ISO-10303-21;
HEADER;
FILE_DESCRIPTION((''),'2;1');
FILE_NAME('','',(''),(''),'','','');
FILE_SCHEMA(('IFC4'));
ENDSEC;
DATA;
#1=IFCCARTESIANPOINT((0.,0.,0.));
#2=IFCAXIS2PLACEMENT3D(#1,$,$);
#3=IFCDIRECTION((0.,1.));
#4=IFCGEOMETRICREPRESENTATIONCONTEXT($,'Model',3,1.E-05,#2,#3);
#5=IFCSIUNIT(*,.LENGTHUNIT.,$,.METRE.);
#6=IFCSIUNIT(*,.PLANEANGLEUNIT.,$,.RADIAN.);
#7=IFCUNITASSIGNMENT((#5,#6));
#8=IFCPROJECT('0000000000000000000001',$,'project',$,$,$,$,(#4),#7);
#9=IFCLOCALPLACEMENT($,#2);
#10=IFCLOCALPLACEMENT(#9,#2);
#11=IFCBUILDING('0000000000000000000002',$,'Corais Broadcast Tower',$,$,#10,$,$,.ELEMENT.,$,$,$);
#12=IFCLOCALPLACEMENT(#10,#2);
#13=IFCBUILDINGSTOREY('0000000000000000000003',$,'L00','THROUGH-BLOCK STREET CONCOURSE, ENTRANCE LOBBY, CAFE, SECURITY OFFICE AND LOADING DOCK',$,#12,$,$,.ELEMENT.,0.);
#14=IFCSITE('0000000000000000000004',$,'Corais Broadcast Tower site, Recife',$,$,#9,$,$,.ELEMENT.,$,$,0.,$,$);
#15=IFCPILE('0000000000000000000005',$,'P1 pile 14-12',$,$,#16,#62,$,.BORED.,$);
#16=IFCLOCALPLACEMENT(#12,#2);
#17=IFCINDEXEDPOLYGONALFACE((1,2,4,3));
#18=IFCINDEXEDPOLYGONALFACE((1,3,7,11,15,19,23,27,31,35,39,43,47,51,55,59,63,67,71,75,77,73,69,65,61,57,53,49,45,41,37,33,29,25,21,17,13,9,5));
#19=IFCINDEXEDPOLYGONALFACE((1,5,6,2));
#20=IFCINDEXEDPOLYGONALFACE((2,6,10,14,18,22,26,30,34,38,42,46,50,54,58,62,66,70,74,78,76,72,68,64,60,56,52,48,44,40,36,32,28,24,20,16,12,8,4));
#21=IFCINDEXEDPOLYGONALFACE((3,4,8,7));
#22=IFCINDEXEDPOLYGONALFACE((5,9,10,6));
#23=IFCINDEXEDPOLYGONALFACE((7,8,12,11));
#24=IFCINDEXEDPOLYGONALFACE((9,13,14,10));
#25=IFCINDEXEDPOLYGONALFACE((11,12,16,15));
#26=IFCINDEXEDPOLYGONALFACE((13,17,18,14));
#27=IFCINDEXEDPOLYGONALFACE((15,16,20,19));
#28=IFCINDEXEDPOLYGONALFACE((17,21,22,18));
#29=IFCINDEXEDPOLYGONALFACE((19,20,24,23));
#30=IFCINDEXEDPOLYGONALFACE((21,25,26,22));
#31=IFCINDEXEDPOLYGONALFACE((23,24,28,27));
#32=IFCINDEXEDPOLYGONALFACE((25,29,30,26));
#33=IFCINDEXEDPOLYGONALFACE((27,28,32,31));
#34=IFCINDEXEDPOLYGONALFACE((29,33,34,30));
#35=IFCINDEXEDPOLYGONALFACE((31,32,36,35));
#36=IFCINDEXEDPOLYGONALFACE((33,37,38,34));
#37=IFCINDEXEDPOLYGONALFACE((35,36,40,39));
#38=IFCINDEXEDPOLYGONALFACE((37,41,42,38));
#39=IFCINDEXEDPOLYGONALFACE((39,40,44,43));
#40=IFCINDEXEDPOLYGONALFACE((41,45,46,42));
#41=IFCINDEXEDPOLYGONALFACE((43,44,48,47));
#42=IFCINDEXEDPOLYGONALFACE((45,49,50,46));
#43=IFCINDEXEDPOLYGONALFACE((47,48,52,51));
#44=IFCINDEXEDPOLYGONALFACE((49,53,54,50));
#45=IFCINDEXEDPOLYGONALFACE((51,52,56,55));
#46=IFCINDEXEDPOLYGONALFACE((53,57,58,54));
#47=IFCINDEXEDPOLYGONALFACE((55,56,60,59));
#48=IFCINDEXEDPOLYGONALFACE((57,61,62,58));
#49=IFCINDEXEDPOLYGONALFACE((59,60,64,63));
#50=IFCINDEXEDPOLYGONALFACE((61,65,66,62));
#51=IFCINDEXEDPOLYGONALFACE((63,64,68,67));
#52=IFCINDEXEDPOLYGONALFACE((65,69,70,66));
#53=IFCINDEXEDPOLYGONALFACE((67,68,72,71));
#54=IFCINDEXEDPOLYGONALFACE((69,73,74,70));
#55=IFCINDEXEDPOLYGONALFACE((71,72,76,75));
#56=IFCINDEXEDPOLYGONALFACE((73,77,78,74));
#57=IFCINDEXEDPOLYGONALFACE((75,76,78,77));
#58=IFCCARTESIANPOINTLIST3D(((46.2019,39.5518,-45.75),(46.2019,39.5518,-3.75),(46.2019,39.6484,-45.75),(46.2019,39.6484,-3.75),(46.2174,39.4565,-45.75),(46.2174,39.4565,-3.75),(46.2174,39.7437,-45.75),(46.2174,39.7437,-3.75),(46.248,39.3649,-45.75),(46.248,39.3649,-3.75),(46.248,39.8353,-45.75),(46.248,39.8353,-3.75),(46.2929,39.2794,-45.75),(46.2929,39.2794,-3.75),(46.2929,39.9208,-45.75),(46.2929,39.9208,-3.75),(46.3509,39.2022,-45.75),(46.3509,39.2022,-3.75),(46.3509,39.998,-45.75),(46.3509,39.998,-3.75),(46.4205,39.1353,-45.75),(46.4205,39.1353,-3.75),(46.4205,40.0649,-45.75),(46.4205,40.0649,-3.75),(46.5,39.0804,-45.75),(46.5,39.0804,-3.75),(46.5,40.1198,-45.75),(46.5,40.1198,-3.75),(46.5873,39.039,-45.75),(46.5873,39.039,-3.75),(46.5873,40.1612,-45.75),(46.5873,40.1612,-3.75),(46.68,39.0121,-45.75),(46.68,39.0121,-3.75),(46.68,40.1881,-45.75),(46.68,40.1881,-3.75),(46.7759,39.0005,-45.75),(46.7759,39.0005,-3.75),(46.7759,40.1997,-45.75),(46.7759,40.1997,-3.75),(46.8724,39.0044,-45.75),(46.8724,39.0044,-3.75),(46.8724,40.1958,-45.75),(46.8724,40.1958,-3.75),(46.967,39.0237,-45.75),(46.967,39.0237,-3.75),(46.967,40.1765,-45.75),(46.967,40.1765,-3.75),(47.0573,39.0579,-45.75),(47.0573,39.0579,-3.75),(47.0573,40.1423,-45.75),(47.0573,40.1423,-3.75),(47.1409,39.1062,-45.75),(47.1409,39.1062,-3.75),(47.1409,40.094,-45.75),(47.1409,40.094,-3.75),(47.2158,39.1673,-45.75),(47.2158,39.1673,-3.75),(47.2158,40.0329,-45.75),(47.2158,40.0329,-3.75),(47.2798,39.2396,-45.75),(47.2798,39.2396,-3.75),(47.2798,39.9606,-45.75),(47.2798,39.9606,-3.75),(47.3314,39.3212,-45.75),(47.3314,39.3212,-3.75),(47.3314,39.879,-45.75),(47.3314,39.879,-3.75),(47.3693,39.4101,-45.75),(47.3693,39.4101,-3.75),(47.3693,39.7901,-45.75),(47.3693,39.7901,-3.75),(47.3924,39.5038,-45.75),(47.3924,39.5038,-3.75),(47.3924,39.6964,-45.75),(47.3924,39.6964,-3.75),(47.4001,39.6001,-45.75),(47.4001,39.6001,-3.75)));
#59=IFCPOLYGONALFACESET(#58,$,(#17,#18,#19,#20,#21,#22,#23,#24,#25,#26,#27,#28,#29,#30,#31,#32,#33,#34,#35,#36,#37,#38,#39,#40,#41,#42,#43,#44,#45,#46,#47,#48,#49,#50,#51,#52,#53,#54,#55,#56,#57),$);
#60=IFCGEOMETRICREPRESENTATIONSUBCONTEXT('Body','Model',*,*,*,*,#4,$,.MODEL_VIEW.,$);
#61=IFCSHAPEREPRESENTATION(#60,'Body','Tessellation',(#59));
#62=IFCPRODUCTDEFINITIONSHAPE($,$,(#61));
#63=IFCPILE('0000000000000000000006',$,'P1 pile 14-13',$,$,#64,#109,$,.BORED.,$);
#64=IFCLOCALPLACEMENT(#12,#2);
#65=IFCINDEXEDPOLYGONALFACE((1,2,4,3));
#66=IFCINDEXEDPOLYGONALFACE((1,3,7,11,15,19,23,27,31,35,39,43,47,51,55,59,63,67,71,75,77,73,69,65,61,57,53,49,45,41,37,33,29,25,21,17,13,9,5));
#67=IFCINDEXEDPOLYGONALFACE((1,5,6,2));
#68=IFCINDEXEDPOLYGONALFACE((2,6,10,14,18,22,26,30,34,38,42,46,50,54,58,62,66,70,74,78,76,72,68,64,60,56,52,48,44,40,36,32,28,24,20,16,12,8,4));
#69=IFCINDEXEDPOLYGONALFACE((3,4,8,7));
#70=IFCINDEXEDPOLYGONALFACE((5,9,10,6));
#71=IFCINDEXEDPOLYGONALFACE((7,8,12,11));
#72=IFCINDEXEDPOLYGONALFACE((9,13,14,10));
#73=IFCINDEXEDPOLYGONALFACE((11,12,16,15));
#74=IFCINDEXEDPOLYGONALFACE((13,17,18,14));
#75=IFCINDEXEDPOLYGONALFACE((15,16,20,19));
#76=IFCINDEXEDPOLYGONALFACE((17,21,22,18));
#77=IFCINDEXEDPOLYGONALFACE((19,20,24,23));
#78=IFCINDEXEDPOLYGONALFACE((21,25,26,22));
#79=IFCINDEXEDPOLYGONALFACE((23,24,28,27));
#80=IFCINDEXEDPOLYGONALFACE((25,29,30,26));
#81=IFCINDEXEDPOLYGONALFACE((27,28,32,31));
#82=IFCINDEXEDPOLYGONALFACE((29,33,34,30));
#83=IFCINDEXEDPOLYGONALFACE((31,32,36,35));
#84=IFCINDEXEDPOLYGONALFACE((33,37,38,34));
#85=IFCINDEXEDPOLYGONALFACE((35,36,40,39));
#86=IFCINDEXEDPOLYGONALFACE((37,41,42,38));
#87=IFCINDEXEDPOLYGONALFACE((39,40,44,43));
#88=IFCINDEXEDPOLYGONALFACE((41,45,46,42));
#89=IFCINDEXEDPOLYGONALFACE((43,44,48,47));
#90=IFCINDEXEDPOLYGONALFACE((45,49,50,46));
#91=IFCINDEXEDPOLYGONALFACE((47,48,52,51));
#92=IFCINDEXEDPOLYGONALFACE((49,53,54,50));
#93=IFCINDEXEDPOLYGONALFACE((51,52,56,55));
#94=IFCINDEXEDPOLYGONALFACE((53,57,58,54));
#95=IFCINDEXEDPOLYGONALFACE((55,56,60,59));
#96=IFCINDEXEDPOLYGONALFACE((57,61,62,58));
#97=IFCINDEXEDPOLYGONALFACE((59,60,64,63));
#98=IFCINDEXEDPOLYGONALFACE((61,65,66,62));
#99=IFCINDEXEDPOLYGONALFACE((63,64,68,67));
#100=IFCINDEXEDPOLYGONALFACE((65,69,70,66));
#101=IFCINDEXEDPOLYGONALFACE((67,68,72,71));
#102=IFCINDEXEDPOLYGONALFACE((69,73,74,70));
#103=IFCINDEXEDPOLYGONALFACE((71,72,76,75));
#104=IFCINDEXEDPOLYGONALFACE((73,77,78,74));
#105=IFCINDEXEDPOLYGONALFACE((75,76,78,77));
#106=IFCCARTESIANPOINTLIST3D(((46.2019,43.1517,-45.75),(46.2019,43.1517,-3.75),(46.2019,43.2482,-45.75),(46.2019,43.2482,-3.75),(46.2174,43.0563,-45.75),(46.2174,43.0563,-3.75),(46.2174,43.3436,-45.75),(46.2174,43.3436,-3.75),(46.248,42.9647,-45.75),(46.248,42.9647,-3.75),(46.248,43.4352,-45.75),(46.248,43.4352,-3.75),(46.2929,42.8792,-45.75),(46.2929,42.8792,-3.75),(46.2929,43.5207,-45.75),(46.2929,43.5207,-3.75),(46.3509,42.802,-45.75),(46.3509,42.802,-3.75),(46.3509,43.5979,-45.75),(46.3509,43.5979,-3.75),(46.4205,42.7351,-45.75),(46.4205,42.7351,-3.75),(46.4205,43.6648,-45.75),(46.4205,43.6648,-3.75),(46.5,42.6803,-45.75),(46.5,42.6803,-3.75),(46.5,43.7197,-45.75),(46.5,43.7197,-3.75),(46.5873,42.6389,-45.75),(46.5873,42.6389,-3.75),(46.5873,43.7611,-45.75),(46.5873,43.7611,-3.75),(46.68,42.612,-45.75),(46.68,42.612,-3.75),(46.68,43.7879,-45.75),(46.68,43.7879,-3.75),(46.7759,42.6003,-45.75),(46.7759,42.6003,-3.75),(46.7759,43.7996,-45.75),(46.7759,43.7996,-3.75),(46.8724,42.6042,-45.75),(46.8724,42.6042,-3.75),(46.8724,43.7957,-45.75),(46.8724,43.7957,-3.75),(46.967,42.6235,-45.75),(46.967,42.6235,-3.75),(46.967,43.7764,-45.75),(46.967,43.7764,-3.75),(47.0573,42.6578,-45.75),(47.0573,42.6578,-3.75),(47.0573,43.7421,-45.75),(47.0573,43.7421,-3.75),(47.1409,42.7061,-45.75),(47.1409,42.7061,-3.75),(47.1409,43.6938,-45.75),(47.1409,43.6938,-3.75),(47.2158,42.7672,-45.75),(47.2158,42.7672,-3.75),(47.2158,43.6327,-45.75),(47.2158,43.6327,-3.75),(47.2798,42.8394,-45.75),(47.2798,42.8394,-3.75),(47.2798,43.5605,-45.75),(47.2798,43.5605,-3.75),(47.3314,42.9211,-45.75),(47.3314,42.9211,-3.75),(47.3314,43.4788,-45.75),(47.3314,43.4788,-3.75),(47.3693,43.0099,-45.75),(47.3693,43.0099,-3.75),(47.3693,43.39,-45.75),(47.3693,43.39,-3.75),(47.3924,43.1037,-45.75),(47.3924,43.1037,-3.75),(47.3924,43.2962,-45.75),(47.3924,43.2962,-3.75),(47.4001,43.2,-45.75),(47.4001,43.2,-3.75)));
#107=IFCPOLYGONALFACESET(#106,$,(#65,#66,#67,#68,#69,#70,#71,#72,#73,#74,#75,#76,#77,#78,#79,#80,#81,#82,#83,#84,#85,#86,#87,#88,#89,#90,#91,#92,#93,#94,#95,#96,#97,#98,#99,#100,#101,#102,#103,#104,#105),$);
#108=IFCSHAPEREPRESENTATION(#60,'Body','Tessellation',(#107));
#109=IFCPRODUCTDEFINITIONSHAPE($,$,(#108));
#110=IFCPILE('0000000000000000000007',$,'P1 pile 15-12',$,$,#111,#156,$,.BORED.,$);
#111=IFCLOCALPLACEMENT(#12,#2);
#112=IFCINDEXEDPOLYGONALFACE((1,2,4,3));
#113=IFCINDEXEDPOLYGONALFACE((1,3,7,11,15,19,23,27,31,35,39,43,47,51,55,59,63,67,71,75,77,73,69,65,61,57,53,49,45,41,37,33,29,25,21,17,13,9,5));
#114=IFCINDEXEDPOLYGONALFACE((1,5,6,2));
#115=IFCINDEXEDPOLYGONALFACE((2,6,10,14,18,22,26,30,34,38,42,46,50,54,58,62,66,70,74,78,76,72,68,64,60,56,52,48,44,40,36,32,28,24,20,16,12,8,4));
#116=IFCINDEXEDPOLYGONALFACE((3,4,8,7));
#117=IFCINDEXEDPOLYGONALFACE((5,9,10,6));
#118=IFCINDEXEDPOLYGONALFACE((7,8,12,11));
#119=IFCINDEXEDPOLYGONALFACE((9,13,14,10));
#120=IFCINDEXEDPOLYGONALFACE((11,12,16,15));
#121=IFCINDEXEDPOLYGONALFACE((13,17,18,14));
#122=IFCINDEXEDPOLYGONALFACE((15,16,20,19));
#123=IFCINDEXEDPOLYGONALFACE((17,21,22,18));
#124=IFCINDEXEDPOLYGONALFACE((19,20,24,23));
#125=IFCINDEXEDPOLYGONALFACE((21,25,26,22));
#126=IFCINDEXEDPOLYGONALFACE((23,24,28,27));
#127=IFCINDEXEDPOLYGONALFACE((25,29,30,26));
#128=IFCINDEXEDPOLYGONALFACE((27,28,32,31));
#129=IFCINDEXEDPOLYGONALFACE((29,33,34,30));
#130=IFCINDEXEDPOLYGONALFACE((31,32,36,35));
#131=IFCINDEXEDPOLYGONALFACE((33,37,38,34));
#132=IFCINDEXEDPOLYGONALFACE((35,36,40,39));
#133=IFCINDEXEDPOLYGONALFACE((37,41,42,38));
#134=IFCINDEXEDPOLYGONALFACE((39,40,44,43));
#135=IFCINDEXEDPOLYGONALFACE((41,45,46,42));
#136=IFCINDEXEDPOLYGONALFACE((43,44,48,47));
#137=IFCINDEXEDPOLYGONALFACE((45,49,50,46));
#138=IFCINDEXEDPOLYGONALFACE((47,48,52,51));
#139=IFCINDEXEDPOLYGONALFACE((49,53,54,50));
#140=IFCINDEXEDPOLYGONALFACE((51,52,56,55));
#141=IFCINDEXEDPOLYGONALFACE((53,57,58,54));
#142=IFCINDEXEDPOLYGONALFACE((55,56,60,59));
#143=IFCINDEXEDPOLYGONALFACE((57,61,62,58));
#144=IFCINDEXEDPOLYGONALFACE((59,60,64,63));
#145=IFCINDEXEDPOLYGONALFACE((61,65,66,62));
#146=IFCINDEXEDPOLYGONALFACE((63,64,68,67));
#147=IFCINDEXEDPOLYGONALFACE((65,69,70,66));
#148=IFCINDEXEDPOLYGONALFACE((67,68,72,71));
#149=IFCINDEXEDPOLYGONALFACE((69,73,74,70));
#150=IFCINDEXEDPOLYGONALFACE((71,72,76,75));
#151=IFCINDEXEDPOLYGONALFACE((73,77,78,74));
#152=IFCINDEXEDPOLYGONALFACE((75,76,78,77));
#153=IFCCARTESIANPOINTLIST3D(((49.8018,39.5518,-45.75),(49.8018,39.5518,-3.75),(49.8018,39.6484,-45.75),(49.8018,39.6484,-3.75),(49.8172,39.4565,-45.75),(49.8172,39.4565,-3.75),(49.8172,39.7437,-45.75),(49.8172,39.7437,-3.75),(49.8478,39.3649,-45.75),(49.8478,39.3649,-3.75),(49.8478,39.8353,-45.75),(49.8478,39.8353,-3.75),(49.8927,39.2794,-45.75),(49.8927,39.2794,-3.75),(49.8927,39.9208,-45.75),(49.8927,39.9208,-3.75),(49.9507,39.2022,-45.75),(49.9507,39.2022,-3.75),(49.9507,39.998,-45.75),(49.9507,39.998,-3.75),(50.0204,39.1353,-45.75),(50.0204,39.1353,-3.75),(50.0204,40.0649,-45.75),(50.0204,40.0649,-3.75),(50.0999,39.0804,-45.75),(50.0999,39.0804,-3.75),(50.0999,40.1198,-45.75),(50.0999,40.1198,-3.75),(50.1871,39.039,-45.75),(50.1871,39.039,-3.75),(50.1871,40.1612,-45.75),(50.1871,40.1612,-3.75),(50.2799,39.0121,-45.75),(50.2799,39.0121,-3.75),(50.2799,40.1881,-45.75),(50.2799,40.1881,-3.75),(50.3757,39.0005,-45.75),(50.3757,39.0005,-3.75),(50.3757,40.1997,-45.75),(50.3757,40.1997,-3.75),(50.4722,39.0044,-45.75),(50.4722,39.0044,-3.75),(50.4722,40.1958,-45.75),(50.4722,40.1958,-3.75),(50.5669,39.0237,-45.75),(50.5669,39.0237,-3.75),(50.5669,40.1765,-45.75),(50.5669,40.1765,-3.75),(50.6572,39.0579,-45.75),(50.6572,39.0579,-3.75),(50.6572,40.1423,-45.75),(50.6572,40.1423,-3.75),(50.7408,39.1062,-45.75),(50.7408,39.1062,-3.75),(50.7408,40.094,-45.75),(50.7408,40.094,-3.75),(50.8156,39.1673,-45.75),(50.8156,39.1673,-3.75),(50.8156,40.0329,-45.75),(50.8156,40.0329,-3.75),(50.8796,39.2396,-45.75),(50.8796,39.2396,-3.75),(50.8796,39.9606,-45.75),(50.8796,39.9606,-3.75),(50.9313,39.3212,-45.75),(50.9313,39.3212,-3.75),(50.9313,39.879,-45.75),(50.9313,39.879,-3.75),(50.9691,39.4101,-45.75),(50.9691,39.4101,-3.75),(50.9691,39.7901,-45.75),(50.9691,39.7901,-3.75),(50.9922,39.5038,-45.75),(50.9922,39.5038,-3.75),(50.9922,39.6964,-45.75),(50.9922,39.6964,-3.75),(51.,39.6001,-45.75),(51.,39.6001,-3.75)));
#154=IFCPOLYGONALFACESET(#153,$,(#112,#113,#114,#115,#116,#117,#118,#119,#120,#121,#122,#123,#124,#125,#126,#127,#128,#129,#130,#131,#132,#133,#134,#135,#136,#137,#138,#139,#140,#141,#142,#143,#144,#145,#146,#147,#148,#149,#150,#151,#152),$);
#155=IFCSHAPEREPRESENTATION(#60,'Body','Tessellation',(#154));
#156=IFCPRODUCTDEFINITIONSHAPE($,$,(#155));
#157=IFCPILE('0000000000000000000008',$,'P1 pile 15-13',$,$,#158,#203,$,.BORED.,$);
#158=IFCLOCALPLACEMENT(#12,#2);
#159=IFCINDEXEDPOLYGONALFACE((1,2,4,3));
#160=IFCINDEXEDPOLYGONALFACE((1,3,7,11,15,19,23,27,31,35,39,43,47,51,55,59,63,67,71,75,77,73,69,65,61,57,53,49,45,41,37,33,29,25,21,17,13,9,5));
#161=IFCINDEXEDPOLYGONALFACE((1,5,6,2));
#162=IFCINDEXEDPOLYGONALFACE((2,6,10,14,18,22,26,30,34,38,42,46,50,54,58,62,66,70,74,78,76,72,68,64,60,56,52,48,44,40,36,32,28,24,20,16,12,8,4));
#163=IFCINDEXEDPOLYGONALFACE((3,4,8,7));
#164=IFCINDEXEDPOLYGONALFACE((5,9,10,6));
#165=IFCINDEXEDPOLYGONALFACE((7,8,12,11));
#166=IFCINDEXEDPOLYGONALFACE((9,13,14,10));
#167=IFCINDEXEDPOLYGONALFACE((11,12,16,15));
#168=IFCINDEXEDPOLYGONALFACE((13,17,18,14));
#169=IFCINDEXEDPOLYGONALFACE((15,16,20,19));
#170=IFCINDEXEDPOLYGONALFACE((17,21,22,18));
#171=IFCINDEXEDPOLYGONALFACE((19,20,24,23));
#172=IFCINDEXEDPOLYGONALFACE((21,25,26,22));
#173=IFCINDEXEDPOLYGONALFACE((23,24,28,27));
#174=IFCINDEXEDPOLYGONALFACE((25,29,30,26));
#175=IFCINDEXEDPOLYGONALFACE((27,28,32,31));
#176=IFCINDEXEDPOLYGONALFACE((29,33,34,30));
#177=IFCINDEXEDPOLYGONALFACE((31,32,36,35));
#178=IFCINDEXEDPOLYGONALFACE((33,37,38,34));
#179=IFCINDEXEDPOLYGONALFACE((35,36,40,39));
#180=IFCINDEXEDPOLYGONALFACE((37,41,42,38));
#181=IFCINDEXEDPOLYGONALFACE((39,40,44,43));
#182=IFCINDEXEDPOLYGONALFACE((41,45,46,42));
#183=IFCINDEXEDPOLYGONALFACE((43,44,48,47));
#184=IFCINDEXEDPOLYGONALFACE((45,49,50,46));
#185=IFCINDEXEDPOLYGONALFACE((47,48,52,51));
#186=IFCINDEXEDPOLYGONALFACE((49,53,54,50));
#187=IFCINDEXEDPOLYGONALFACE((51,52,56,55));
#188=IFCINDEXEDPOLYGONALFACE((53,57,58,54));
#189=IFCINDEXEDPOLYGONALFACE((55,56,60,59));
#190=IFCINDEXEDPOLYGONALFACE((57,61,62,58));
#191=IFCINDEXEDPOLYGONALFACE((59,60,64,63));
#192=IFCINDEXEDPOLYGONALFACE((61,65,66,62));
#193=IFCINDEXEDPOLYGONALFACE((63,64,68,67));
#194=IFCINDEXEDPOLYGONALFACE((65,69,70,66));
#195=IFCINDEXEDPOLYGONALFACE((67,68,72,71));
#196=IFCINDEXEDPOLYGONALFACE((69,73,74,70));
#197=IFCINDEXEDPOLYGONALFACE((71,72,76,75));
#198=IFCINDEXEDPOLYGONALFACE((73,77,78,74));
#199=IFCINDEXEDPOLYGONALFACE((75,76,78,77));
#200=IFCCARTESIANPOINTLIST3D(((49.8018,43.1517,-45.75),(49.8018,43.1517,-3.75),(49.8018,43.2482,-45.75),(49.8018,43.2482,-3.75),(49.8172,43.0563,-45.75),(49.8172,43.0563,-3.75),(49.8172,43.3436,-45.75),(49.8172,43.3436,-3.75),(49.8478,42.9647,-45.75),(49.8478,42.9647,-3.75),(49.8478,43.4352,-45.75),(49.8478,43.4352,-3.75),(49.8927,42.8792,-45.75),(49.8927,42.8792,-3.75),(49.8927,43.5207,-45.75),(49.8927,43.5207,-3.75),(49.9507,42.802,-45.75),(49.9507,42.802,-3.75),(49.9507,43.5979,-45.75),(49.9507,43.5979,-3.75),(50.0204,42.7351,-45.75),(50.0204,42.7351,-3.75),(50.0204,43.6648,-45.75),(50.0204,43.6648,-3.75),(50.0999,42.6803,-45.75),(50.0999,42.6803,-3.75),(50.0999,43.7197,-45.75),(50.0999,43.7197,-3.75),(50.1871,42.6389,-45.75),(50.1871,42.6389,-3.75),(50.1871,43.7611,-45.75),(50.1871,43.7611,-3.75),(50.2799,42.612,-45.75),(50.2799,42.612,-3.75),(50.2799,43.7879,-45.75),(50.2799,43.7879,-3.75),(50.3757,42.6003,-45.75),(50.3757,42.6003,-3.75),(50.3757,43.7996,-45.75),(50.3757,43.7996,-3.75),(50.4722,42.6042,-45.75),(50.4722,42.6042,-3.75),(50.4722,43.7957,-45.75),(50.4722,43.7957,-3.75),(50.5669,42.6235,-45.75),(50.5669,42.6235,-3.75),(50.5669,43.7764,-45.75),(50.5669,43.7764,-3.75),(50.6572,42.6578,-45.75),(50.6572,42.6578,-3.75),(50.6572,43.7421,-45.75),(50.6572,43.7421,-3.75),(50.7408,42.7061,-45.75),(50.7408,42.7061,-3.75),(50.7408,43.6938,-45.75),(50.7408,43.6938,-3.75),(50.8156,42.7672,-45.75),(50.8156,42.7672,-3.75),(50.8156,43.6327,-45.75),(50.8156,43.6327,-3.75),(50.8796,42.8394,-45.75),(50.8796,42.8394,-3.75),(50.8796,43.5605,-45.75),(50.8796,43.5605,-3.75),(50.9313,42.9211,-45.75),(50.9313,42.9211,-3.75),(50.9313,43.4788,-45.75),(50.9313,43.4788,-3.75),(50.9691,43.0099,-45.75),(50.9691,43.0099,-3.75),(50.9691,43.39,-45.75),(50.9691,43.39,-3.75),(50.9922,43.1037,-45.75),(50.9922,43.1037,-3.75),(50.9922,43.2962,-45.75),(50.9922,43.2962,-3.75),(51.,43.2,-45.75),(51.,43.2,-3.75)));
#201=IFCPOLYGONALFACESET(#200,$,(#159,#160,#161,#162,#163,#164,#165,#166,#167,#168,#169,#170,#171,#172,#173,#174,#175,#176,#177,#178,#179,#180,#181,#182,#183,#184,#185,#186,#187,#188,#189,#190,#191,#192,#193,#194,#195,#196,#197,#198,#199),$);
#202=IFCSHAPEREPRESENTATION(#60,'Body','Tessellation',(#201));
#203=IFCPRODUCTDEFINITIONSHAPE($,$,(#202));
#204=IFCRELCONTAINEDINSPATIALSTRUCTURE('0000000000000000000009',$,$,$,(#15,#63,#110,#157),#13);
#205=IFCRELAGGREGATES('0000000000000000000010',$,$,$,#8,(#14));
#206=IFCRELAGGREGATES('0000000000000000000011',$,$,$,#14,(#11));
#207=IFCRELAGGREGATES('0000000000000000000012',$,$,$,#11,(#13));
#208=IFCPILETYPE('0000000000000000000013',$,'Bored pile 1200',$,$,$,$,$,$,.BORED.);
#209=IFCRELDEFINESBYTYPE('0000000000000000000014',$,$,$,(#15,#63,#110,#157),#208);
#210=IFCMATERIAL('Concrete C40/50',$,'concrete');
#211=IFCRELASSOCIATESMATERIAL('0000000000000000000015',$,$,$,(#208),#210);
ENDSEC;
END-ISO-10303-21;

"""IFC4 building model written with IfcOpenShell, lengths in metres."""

from ifc_helpers import new_model, si_unit, direction, frame, origin, origin_2d, place, context, subcontext, project, spatial, circle, extrude, material, type_object, element, save


model = new_model("IFC4")

# Units and contexts
model_context = context("Model", 3, precision=1e-05, world=origin(), true_north=direction((0.0, 1.0)))
body_context = subcontext(model_context, "Body", "Model", "MODEL_VIEW")
ifc_project = project(units=[si_unit("LENGTHUNIT", "METRE"), si_unit("PLANEANGLEUNIT", "RADIAN")], contexts=[model_context])

# Site, building, storey
site_placement = place(None, origin())
site = spatial("IfcSite", under=ifc_project, at=site_placement, Name="Corais Broadcast Tower site, Recife", CompositionType="ELEMENT", RefElevation=0.0)
building_placement = place(site_placement, origin())
building = spatial("IfcBuilding", under=site, at=building_placement, Name="Corais Broadcast Tower", CompositionType="ELEMENT")
storey_placement = place(building_placement, origin())
storey = spatial("IfcBuildingStorey", under=building, at=storey_placement, Name="L00", Description="THROUGH-BLOCK STREET CONCOURSE, ENTRANCE LOBBY, CAFE, SECURITY OFFICE AND LOADING DOCK", CompositionType="ELEMENT", Elevation=0.0)

# Piles
ifc_material_1 = material(Name="Concrete C40/50", Category="concrete")
pile_type_1 = type_object("IfcPileType", Name="Bored pile 1200", PredefinedType="BORED", material=ifc_material_1)
for number, where, z_axis, x_axis, name in (
    (1, (46.8, 39.6001, -3.75), (0.0, 0.0, -1.0), (1.0, 0.0, 0.0), "P1 pile 14-12"),
    (2, (46.8, 43.2, -3.75), (0.0, 0.0, -1.0), (1.0, 0.0, 0.0), "P1 pile 14-13"),
    (3, (50.3999, 39.6001, -3.75), (0.0, 0.0, -1.0), (1.0, 0.0, 0.0), "P1 pile 15-12"),
    (4, (50.3999, 43.2, -3.75), (0.0, 0.0, -1.0), (1.0, 0.0, 0.0), "P1 pile 15-13"),
):
    element("IfcPile", number, at=place(storey_placement, frame(where, z_axis=z_axis, x_axis=x_axis)), inside=storey, type_object=pile_type_1, Name=name, PredefinedType="BORED", context=body_context, shape_type="SweptSolid", body=[
        extrude(circle(Radius=0.6001, at=origin_2d()), origin(), (0.0, 0.0, 1.0), 42.0),
    ])

save(model, "model.ifc")
